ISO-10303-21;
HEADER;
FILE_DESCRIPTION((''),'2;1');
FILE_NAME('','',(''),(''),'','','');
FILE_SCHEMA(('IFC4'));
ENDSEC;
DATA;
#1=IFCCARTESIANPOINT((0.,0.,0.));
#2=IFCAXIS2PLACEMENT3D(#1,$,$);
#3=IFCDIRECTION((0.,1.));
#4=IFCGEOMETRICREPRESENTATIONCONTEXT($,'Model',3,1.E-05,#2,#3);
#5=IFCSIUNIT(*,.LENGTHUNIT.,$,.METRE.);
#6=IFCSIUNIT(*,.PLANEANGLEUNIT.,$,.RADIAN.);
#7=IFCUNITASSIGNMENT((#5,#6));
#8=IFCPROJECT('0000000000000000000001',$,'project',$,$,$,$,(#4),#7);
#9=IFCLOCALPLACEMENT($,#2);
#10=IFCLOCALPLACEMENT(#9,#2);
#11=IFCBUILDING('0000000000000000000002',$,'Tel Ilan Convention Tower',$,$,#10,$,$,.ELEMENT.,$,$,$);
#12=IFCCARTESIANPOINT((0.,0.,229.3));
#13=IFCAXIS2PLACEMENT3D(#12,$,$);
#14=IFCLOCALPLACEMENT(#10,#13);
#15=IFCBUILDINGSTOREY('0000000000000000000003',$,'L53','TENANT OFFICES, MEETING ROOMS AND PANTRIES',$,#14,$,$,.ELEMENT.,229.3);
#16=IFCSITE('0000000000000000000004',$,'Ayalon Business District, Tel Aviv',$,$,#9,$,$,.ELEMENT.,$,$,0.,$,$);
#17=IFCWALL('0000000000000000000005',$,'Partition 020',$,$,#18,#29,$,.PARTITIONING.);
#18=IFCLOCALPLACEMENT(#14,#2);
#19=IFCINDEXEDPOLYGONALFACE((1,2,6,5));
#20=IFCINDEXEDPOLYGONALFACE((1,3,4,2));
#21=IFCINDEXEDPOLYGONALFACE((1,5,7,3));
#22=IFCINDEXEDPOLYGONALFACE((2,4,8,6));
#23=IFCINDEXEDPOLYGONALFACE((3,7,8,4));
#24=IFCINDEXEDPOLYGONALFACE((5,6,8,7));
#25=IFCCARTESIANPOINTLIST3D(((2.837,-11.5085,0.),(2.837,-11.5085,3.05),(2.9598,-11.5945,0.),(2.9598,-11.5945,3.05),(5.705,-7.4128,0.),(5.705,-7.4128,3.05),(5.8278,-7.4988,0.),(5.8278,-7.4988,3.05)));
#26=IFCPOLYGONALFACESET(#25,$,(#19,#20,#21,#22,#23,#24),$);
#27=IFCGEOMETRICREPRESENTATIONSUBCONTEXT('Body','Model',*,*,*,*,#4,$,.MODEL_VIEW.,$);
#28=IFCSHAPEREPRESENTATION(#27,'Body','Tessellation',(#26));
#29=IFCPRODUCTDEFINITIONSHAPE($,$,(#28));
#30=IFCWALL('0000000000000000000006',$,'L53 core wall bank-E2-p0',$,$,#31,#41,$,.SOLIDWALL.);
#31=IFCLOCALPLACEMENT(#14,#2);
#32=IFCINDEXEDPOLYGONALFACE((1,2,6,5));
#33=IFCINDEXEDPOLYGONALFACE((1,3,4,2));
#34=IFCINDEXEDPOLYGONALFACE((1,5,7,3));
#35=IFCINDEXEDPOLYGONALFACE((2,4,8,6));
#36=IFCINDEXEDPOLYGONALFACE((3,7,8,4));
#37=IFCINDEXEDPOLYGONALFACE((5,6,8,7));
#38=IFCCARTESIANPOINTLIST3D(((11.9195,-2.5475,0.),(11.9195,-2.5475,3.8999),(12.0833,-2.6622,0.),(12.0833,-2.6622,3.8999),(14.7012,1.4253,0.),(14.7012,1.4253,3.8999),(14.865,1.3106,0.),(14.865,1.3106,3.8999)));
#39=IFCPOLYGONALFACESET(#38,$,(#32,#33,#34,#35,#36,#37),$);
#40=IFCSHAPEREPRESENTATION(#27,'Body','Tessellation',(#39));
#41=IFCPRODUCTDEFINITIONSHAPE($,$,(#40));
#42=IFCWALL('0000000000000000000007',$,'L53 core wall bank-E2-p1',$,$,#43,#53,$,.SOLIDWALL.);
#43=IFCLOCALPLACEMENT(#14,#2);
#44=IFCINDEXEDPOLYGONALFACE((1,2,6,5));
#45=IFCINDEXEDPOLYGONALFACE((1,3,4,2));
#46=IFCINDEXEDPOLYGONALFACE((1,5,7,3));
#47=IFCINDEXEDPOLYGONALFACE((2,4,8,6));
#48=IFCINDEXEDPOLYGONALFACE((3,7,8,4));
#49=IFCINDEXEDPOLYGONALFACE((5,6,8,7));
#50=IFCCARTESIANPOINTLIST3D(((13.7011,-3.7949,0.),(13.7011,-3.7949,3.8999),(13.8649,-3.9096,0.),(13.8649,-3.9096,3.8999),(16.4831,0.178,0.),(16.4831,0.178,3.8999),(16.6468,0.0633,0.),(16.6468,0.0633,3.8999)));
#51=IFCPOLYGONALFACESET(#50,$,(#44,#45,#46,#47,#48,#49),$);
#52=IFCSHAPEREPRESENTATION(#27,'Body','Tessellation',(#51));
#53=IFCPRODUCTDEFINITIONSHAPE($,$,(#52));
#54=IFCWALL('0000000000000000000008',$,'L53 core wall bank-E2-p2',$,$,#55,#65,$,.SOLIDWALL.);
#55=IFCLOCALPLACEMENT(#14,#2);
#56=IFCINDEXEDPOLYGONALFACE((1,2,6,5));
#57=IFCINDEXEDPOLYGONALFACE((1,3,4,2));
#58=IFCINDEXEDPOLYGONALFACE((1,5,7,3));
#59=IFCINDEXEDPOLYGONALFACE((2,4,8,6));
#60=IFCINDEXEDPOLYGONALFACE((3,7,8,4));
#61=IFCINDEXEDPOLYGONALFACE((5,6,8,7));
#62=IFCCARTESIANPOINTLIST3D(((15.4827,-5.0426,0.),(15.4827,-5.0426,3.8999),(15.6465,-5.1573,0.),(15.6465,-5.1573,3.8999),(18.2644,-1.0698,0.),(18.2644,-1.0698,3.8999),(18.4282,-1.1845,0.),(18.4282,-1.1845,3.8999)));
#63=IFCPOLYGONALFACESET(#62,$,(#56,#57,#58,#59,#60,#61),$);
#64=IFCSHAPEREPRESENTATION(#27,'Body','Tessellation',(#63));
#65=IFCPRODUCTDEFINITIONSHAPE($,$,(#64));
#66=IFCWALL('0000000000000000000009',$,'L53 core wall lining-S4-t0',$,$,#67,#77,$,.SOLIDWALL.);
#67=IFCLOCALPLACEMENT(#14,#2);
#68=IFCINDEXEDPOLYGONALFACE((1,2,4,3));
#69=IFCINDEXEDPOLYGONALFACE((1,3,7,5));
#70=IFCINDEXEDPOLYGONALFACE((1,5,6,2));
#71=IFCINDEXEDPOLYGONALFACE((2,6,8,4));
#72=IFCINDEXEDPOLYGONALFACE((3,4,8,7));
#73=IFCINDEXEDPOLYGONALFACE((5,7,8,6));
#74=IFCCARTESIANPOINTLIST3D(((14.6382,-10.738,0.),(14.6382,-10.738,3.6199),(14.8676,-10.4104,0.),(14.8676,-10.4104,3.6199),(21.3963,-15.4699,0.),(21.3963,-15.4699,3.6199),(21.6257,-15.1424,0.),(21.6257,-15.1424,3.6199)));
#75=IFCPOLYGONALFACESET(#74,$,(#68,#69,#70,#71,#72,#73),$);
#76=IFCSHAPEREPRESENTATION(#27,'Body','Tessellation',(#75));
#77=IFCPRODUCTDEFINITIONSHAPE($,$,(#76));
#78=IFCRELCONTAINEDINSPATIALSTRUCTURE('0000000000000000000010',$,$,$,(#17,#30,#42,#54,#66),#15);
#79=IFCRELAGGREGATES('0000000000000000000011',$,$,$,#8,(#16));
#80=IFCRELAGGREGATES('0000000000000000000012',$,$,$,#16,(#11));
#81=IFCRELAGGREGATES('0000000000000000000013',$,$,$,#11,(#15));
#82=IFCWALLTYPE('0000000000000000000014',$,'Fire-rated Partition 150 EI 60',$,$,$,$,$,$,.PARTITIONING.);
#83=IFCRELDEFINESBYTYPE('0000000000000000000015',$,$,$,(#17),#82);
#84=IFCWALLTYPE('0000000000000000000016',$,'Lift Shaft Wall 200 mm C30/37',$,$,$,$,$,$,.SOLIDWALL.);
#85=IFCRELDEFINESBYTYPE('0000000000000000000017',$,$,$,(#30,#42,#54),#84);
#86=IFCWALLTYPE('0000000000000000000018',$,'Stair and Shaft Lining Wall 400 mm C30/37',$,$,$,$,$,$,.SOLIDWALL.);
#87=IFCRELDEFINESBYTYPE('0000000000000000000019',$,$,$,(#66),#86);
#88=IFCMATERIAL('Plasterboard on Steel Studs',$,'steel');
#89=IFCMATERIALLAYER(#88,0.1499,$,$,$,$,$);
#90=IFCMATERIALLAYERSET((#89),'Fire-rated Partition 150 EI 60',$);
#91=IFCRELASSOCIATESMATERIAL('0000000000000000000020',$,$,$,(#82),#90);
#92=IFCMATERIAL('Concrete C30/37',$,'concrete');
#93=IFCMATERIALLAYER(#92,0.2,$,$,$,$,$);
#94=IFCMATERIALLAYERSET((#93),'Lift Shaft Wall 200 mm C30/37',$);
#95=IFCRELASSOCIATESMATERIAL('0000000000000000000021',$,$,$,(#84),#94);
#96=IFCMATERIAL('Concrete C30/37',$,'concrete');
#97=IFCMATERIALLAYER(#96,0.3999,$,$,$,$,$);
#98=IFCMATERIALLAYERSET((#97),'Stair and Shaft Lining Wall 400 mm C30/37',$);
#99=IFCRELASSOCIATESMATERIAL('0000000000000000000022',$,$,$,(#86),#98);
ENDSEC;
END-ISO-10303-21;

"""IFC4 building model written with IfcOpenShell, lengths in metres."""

from ifc_helpers import new_model, si_unit, direction, frame, frame_2d, origin, place, context, subcontext, project, spatial, rectangle, extrude, material, layer, layer_set, type_object, element, save


model = new_model("IFC4")

# Units and contexts
model_context = context("Model", 3, precision=1e-05, world=origin(), true_north=direction((0.0, 1.0)))
body_context = subcontext(model_context, "Body", "Model", "MODEL_VIEW")
ifc_project = project(units=[si_unit("LENGTHUNIT", "METRE"), si_unit("PLANEANGLEUNIT", "RADIAN")], contexts=[model_context])

# Site, building, storey
site_placement = place(None, origin())
site = spatial("IfcSite", under=ifc_project, at=site_placement, Name="Ayalon Business District, Tel Aviv", CompositionType="ELEMENT", RefElevation=0.0)
building_placement = place(site_placement, origin())
building = spatial("IfcBuilding", under=site, at=building_placement, Name="Tel Ilan Convention Tower", CompositionType="ELEMENT")
storey_placement = place(building_placement, frame((0.0, 0.0, 229.3)))
storey = spatial("IfcBuildingStorey", under=building, at=storey_placement, Name="L53", Description="TENANT OFFICES, MEETING ROOMS AND PANTRIES", CompositionType="ELEMENT", Elevation=229.3)

# Shared definitions
ifc_material_1 = material(Name="Plasterboard on Steel Studs", Category="steel")
ifc_layer_1 = layer(ifc_material_1, 0.1499)
ifc_layer_set_1 = layer_set([ifc_layer_1], Name="Fire-rated Partition 150 EI 60")
wall_type_1 = type_object("IfcWallType", Name="Fire-rated Partition 150 EI 60", PredefinedType="PARTITIONING", material=ifc_layer_set_1)

# Walls
wall_1_placement = place(storey_placement, frame((2.8984, -11.5515, 0.0), z_axis=(0.0, 0.0, 1.0), x_axis=(0.573587, 0.819145, 0.0)))
element("IfcWall", 1, at=wall_1_placement, inside=storey, type_object=wall_type_1, Name="Partition 020", PredefinedType="PARTITIONING", context=body_context, shape_type="SweptSolid", body=[
    extrude(rectangle(XDim=5.0, YDim=0.1499, at=frame_2d((2.5, 0.0))), origin(), (0.0, 0.0, 1.0), 3.05),
])
ifc_material_2 = material(Name="Concrete C30/37", Category="concrete")
ifc_layer_2 = layer(ifc_material_2, 0.2)
ifc_layer_set_2 = layer_set([ifc_layer_2], Name="Lift Shaft Wall 200 mm C30/37")
wall_type_2 = type_object("IfcWallType", Name="Lift Shaft Wall 200 mm C30/37", PredefinedType="SOLIDWALL", material=ifc_layer_set_2)
wall_2_placement = place(storey_placement, frame((12.0015, -2.6047, 0.0), z_axis=(0.0, 0.0, 1.0), x_axis=(0.57356, 0.819163, 0.0)))
element("IfcWall", 2, at=wall_2_placement, inside=storey, type_object=wall_type_2, Name="L53 core wall bank-E2-p0", PredefinedType="SOLIDWALL", context=body_context, shape_type="SweptSolid", body=[
    extrude(rectangle(XDim=4.8499, YDim=0.2, at=frame_2d((2.4248, 0.0))), origin(), (0.0, 0.0, 1.0), 3.8999),
])
wall_3_placement = place(storey_placement, frame((13.783, -3.8523, 0.0), z_axis=(0.0, 0.0, 1.0), x_axis=(0.573594, 0.81914, 0.0)))
element("IfcWall", 3, at=wall_3_placement, inside=storey, type_object=wall_type_2, Name="L53 core wall bank-E2-p1", PredefinedType="SOLIDWALL", context=body_context, shape_type="SweptSolid", body=[
    extrude(rectangle(XDim=4.8501, YDim=0.2, at=frame_2d((2.425, 0.0))), origin(), (0.0, 0.0, 1.0), 3.8999),
])
wall_4_placement = place(storey_placement, frame((15.5647, -5.0999, 0.0), z_axis=(0.0, 0.0, 1.0), x_axis=(0.57356, 0.819163, 0.0)))
element("IfcWall", 4, at=wall_4_placement, inside=storey, type_object=wall_type_2, Name="L53 core wall bank-E2-p2", PredefinedType="SOLIDWALL", context=body_context, shape_type="SweptSolid", body=[
    extrude(rectangle(XDim=4.8499, YDim=0.2, at=frame_2d((2.4248, 0.0))), origin(), (0.0, 0.0, 1.0), 3.8999),
])
ifc_material_3 = material(Name="Concrete C30/37", Category="concrete")
ifc_layer_3 = layer(ifc_material_3, 0.3999)
ifc_layer_set_3 = layer_set([ifc_layer_3], Name="Stair and Shaft Lining Wall 400 mm C30/37")
wall_type_3 = type_object("IfcWallType", Name="Stair and Shaft Lining Wall 400 mm C30/37", PredefinedType="SOLIDWALL", material=ifc_layer_set_3)
wall_5_placement = place(storey_placement, frame((14.7529, -10.5742, 0.0), z_axis=(0.0, 0.0, 1.0), x_axis=(0.819158, -0.573568, 0.0)))
element("IfcWall", 5, at=wall_5_placement, inside=storey, type_object=wall_type_3, Name="L53 core wall lining-S4-t0", PredefinedType="SOLIDWALL", context=body_context, shape_type="SweptSolid", body=[
    extrude(rectangle(XDim=8.25, YDim=0.3999, at=frame_2d((4.125, 0.0))), origin(), (0.0, 0.0, 1.0), 3.6199),
])

save(model, "model.ifc")
